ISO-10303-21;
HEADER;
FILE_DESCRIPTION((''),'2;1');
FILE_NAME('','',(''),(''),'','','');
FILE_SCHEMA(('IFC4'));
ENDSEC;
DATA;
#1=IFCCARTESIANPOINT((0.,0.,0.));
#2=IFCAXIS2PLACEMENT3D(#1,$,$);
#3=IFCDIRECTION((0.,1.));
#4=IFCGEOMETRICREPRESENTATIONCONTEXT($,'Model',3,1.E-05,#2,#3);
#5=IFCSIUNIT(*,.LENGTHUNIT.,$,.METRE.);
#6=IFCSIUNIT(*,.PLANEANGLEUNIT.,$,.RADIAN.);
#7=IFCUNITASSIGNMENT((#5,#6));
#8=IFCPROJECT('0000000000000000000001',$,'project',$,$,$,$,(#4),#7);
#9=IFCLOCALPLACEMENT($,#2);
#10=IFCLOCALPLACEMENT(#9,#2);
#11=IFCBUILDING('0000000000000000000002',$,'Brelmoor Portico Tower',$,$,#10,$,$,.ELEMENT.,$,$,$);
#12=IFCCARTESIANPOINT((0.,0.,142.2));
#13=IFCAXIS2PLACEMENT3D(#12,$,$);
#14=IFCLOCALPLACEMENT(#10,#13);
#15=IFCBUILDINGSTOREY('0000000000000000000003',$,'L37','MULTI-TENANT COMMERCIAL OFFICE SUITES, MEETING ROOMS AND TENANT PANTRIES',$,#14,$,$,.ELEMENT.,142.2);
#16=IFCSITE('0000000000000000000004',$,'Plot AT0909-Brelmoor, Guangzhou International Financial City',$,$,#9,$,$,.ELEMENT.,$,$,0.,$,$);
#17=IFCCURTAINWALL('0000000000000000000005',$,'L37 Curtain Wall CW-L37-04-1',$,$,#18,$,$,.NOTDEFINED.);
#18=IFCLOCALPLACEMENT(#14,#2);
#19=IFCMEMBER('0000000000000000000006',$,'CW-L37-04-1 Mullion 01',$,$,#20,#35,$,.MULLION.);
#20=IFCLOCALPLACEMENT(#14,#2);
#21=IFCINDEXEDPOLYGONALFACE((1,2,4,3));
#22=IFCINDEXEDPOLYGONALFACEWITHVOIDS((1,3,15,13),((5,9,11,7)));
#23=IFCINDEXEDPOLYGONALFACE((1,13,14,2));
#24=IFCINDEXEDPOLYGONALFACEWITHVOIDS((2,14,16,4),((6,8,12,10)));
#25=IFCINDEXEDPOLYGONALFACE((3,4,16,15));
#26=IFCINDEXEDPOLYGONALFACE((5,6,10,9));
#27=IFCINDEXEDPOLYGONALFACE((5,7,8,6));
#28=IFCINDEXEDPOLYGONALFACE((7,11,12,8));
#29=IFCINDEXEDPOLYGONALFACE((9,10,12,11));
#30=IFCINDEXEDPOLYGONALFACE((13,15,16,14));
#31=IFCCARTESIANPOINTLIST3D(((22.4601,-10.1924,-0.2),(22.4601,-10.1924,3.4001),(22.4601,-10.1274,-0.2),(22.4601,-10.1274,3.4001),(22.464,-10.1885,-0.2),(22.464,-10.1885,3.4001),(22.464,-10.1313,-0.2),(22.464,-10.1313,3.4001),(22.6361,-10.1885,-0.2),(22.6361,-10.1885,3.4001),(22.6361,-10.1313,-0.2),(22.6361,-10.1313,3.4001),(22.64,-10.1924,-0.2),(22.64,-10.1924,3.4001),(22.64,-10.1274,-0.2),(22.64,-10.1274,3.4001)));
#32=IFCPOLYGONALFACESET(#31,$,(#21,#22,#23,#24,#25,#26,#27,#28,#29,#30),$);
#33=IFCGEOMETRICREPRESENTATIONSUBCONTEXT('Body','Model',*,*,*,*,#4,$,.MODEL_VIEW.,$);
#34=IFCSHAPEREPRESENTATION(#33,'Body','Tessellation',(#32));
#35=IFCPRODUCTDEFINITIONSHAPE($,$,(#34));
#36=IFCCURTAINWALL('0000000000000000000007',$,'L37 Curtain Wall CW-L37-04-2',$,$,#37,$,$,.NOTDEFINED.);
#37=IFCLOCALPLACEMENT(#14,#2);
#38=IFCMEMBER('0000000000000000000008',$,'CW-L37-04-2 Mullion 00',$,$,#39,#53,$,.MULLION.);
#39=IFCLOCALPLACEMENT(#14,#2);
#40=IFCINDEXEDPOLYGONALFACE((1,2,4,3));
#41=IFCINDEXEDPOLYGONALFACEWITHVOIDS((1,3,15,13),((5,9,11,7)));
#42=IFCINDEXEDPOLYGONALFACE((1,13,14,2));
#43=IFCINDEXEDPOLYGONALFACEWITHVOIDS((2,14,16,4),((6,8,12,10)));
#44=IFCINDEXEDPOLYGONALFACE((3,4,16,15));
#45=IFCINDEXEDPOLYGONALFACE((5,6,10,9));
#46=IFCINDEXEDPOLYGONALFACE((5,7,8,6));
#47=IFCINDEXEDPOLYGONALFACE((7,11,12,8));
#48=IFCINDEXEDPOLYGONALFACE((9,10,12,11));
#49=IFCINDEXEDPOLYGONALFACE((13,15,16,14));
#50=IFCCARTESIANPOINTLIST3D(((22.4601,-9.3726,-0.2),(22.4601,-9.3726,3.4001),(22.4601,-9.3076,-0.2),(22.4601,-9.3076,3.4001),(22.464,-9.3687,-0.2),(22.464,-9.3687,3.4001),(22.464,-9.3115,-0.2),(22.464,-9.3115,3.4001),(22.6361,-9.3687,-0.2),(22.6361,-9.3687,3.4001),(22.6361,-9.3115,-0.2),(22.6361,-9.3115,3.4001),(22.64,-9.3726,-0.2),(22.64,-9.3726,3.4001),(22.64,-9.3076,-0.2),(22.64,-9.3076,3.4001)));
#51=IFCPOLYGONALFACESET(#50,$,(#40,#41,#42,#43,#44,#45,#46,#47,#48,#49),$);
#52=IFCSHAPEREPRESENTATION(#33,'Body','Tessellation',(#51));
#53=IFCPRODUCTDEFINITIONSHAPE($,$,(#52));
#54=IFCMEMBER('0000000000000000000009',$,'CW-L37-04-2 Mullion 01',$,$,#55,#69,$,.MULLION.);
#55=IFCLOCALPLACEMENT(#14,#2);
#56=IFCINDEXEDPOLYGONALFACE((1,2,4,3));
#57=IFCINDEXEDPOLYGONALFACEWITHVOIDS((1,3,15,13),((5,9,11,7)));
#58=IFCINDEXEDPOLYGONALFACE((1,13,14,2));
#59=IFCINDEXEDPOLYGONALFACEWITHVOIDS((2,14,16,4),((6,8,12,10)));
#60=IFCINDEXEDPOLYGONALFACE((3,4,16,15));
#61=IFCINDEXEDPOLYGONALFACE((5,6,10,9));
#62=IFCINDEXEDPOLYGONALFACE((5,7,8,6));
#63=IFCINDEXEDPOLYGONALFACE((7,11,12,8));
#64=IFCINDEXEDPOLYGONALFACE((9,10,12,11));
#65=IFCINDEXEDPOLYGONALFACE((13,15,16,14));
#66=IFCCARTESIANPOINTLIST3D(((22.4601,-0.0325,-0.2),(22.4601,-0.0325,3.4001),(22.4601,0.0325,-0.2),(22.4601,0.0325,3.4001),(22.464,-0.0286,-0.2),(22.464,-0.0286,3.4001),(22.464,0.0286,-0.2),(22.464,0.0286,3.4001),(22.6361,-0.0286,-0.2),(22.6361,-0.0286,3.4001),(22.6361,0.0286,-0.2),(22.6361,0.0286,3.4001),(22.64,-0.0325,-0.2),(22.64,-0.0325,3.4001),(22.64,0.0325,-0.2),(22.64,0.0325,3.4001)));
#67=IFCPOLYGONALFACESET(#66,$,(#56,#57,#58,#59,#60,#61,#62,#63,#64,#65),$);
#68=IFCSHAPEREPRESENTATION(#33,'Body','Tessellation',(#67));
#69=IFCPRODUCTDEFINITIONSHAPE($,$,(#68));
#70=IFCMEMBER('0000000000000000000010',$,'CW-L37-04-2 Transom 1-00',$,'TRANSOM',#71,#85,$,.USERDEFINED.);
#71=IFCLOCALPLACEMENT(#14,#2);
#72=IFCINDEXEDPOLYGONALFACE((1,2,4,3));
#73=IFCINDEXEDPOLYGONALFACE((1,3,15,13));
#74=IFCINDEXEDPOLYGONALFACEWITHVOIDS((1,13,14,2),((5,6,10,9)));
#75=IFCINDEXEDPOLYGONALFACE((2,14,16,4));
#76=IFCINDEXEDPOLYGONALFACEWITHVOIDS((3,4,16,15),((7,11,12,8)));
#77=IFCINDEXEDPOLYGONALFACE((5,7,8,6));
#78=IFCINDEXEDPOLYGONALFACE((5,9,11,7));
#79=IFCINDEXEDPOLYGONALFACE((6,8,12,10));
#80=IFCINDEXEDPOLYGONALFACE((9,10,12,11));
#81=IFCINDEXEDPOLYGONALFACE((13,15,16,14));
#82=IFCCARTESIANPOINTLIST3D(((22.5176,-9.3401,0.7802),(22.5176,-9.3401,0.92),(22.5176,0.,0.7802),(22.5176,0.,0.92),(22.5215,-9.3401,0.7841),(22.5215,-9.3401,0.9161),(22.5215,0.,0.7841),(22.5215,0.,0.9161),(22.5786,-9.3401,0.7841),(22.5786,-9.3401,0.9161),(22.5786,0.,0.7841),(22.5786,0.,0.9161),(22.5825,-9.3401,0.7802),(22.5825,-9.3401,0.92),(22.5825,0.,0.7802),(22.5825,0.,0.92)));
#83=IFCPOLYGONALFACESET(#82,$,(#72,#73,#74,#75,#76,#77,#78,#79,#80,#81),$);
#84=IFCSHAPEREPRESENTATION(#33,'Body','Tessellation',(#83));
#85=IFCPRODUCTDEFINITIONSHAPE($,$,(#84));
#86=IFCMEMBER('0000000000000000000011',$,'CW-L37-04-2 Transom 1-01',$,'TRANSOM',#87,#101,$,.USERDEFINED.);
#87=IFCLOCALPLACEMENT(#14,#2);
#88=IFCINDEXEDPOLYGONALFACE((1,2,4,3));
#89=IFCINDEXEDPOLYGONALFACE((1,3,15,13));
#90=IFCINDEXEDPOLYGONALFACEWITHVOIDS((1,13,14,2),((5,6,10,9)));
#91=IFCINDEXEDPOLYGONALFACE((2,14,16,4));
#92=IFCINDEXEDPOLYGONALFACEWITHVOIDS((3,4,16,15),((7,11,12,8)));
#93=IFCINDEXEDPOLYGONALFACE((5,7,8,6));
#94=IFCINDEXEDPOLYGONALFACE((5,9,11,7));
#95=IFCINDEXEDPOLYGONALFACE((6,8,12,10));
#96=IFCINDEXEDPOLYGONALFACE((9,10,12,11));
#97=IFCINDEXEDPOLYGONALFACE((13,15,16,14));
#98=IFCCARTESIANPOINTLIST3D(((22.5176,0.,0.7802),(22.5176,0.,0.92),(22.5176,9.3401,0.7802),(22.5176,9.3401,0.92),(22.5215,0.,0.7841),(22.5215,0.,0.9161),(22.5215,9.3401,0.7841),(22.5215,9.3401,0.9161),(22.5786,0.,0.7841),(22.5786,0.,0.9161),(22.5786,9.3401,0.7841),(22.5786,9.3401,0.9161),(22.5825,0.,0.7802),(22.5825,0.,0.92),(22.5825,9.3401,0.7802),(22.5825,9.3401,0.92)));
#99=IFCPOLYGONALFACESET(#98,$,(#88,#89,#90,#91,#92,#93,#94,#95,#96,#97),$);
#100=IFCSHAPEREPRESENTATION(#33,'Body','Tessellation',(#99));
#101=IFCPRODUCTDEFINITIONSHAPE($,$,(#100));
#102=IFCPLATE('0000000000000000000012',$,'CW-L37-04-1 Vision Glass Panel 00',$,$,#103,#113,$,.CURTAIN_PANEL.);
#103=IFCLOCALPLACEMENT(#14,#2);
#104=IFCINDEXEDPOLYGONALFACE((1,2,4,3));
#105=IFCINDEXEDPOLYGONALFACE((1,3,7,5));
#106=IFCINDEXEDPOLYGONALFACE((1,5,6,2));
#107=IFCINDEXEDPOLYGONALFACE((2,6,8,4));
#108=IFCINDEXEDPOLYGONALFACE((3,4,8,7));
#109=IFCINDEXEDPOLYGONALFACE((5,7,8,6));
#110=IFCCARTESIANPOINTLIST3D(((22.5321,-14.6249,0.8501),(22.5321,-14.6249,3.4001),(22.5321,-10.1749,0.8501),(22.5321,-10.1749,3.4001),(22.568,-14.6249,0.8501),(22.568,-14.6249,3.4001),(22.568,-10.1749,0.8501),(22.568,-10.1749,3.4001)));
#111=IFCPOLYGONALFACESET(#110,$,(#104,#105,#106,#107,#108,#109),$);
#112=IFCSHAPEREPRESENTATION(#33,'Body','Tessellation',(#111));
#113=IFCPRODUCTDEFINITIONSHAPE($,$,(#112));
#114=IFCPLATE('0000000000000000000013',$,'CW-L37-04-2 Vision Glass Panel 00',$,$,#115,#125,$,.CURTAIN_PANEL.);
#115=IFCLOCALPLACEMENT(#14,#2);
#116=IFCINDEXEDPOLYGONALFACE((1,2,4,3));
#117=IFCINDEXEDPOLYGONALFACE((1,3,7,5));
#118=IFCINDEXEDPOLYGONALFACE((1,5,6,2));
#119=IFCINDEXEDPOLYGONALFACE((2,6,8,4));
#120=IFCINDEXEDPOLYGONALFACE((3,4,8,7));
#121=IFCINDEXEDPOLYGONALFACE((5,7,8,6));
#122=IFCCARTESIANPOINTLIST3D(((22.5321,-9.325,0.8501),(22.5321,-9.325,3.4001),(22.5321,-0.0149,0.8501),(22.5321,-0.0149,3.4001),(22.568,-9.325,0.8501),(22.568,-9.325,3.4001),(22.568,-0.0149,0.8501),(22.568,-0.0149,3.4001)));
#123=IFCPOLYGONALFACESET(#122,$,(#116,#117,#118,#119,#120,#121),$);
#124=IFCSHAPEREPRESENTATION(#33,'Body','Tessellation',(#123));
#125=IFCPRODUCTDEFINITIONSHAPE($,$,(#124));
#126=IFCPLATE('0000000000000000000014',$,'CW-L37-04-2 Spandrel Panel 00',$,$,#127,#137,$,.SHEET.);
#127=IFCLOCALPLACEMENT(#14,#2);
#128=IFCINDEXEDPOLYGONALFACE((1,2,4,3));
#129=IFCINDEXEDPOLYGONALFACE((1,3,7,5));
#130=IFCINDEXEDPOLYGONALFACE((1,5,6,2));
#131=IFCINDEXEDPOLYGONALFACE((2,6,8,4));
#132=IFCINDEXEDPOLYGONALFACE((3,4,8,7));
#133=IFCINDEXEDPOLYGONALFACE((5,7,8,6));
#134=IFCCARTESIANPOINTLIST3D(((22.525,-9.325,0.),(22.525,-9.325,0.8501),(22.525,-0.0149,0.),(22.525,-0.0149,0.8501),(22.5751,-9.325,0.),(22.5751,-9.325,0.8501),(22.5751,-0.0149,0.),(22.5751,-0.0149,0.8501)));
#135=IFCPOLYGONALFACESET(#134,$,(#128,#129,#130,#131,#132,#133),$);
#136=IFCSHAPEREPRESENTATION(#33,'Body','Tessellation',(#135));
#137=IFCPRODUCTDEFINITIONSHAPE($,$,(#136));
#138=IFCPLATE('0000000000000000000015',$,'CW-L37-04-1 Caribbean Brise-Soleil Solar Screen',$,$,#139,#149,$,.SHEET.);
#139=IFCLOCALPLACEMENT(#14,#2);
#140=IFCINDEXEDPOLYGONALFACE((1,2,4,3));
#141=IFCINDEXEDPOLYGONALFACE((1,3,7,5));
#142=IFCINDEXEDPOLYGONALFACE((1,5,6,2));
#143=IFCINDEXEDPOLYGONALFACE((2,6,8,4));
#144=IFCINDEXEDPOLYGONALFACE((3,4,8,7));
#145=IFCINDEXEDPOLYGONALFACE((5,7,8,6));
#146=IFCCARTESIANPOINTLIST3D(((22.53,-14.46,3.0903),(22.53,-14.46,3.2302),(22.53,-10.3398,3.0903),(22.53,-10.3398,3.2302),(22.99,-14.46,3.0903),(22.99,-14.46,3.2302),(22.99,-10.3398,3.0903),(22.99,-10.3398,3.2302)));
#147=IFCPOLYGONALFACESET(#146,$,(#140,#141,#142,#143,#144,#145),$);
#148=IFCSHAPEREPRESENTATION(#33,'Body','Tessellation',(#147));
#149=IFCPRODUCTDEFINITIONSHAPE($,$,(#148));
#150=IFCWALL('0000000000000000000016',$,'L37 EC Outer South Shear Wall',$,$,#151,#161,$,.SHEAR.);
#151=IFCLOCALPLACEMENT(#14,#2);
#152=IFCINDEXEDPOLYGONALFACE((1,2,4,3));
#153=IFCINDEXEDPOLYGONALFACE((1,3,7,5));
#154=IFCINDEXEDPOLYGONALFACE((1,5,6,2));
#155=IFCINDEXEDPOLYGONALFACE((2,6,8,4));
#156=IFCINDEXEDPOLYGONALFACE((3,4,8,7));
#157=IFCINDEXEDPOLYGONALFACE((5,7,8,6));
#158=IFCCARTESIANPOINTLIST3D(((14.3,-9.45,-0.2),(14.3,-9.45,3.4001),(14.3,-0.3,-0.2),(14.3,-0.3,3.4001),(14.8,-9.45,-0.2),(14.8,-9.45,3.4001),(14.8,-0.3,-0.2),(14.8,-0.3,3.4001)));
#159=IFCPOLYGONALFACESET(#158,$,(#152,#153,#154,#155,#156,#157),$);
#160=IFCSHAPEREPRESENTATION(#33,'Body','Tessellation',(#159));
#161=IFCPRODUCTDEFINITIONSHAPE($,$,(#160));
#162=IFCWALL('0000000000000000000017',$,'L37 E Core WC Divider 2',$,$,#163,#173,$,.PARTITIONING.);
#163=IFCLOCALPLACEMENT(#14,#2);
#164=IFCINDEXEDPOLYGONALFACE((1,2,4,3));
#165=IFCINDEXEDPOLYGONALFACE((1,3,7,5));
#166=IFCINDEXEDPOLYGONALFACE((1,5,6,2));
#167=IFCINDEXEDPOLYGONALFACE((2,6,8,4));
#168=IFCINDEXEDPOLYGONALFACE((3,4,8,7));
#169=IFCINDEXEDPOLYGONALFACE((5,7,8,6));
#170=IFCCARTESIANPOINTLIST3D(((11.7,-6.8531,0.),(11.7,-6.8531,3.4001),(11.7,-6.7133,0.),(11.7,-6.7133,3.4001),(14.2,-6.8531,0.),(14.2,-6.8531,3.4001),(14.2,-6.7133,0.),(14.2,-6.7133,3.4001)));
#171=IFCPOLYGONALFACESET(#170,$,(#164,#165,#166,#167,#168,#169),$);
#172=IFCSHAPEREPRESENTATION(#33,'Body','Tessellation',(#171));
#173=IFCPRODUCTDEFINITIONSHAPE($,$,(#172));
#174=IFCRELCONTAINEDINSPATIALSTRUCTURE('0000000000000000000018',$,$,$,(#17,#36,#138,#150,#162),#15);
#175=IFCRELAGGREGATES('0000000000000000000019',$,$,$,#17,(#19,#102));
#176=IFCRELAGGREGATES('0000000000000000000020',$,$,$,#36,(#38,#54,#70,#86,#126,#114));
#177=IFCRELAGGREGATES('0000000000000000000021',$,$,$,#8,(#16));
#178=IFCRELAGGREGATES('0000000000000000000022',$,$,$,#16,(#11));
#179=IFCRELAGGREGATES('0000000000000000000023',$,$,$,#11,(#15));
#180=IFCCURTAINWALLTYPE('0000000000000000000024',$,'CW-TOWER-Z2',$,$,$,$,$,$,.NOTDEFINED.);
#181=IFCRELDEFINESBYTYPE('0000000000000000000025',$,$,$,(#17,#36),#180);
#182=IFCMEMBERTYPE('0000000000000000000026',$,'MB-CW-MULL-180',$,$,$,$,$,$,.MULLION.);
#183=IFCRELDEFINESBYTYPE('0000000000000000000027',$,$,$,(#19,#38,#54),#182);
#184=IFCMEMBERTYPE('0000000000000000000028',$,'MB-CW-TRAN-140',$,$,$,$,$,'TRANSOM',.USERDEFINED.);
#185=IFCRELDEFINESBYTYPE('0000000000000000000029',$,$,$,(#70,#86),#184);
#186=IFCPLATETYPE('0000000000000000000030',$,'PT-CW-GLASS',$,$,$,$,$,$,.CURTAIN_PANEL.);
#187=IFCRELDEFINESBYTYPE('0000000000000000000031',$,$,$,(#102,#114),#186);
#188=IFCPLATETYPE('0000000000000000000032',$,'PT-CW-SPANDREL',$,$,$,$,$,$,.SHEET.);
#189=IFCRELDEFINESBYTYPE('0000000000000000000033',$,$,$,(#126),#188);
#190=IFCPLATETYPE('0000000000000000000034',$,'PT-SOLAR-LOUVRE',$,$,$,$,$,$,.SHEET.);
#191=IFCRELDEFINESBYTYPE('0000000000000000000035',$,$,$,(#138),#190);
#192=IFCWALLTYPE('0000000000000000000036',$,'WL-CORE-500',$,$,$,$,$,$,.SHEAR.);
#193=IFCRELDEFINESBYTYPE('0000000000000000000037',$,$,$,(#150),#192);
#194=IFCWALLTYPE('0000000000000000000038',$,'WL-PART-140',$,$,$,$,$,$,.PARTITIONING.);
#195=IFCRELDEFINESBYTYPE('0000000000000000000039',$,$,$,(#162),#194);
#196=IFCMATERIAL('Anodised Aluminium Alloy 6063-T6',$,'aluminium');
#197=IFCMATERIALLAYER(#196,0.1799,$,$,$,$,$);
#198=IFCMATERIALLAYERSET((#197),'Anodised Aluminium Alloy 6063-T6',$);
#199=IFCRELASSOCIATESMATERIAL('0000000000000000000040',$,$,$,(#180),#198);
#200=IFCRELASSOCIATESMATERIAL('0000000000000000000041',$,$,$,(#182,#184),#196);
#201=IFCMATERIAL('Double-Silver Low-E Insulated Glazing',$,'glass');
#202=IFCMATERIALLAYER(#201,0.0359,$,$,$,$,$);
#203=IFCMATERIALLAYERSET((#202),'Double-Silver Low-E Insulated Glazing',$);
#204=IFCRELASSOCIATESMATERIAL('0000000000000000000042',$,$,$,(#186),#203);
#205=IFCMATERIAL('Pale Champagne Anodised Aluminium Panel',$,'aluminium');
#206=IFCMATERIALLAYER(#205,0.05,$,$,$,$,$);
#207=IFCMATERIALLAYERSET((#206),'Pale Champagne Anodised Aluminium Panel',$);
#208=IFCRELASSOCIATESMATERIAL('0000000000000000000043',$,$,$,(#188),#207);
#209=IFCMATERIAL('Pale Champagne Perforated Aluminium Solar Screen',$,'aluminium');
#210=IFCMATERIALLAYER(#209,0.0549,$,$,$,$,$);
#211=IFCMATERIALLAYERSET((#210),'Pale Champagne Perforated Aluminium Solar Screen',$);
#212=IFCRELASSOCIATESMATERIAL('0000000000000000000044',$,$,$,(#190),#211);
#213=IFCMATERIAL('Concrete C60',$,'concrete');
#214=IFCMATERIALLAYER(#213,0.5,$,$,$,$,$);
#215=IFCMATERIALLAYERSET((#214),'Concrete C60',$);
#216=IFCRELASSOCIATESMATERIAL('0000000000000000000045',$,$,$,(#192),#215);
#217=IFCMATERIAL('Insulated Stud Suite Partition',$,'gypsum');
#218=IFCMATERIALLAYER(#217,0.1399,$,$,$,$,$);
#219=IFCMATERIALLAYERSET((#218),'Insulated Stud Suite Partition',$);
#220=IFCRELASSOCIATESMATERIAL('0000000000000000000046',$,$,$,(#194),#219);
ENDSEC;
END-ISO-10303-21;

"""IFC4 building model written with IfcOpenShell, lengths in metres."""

from ifc_helpers import new_model, si_unit, direction, frame, frame_2d, origin, origin_2d, place, context, subcontext, project, spatial, rectangle, hollow_rectangle, extrude, material, layer, layer_set, material_profile, profile_set, type_object, element, aggregate, save


model = new_model("IFC4")

# Units and contexts
model_context = context("Model", 3, precision=1e-05, world=origin(), true_north=direction((0.0, 1.0)))
body_context = subcontext(model_context, "Body", "Model", "MODEL_VIEW")
ifc_project = project(units=[si_unit("LENGTHUNIT", "METRE"), si_unit("PLANEANGLEUNIT", "RADIAN")], contexts=[model_context])

# Site, building, storey
site_placement = place(None, origin())
site = spatial("IfcSite", under=ifc_project, at=site_placement, Name="Plot AT0909-Brelmoor, Guangzhou International Financial City", CompositionType="ELEMENT", RefElevation=0.0)
building_placement = place(site_placement, origin())
building = spatial("IfcBuilding", under=site, at=building_placement, Name="Brelmoor Portico Tower", CompositionType="ELEMENT")
storey_placement = place(building_placement, frame((0.0, 0.0, 142.2)))
storey = spatial("IfcBuildingStorey", under=building, at=storey_placement, Name="L37", Description="MULTI-TENANT COMMERCIAL OFFICE SUITES, MEETING ROOMS AND TENANT PANTRIES", CompositionType="ELEMENT", Elevation=142.2)

# Curtain wall, member
ifc_material_1 = material(Name="Anodised Aluminium Alloy 6063-T6", Category="aluminium")
ifc_layer_1 = layer(ifc_material_1, 0.1799)
ifc_layer_set_1 = layer_set([ifc_layer_1], Name="Anodised Aluminium Alloy 6063-T6")
curtain_wall_type = type_object("IfcCurtainWallType", Name="CW-TOWER-Z2", PredefinedType="NOTDEFINED", material=ifc_layer_set_1)
curtain_wall_1_placement = place(storey_placement, origin())
curtain_wall_1 = element("IfcCurtainWall", 1, at=curtain_wall_1_placement, inside=storey, type_object=curtain_wall_type, Name="L37 Curtain Wall CW-L37-04-1", PredefinedType="NOTDEFINED")
ifc_material_profile_1 = material_profile(ifc_material_1, hollow_rectangle(XDim=0.0649, YDim=0.1799, WallThickness=0.0039, at=origin_2d()), Name="ALU MULLION 65x180")
ifc_profile_set_1 = profile_set([ifc_material_profile_1], Name="Anodised Aluminium Alloy 6063-T6")
member_type_1 = type_object("IfcMemberType", Name="MB-CW-MULL-180", PredefinedType="MULLION", material=ifc_profile_set_1)
member_1_placement = place(storey_placement, frame((22.55, -10.1599, -0.2), z_axis=(0.0, 0.0, 1.0), x_axis=(0.0, 1.0, 0.0)))
member_1 = element("IfcMember", 2, at=member_1_placement, type_object=member_type_1, Name="CW-L37-04-1 Mullion 01", PredefinedType="MULLION", context=body_context, shape_type="SweptSolid", body=[
    extrude(hollow_rectangle(XDim=0.0649, YDim=0.1799, WallThickness=0.0039, at=origin_2d()), origin(), (0.0, 0.0, 1.0), 3.6001),
])

# Curtain wall, members
curtain_wall_2_placement = place(storey_placement, origin())
curtain_wall_2 = element("IfcCurtainWall", 3, at=curtain_wall_2_placement, inside=storey, type_object=curtain_wall_type, Name="L37 Curtain Wall CW-L37-04-2", PredefinedType="NOTDEFINED")
member_2_placement = place(storey_placement, frame((22.55, -9.3401, -0.2), z_axis=(0.0, 0.0, 1.0), x_axis=(0.0, 1.0, 0.0)))
member_2 = element("IfcMember", 4, at=member_2_placement, type_object=member_type_1, Name="CW-L37-04-2 Mullion 00", PredefinedType="MULLION", context=body_context, shape_type="SweptSolid", body=[
    extrude(hollow_rectangle(XDim=0.0649, YDim=0.1799, WallThickness=0.0039, at=origin_2d()), origin(), (0.0, 0.0, 1.0), 3.6001),
])
member_3_placement = place(storey_placement, frame((22.55, 0.0, -0.2), z_axis=(0.0, 0.0, 1.0), x_axis=(0.0, 1.0, 0.0)))
member_3 = element("IfcMember", 5, at=member_3_placement, type_object=member_type_1, Name="CW-L37-04-2 Mullion 01", PredefinedType="MULLION", context=body_context, shape_type="SweptSolid", body=[
    extrude(hollow_rectangle(XDim=0.0649, YDim=0.1799, WallThickness=0.0039, at=origin_2d()), origin(), (0.0, 0.0, 1.0), 3.6001),
])
ifc_material_profile_2 = material_profile(ifc_material_1, hollow_rectangle(XDim=0.0649, YDim=0.1399, WallThickness=0.0039, at=origin_2d()), Name="ALU TRANSOM 65x140")
ifc_profile_set_2 = profile_set([ifc_material_profile_2], Name="Anodised Aluminium Alloy 6063-T6")
member_type_2 = type_object("IfcMemberType", Name="MB-CW-TRAN-140", ElementType="TRANSOM", PredefinedType="USERDEFINED", material=ifc_profile_set_2)
member_4_placement = place(storey_placement, frame((22.55, -9.3401, 0.8501), z_axis=(0.0, 1.0, 0.0), x_axis=(-1.0, 0.0, 0.0)))
member_4 = element("IfcMember", 6, at=member_4_placement, type_object=member_type_2, Name="CW-L37-04-2 Transom 1-00", ObjectType="TRANSOM", PredefinedType="USERDEFINED", context=body_context, shape_type="SweptSolid", body=[
    extrude(hollow_rectangle(XDim=0.0649, YDim=0.1399, WallThickness=0.0039, at=origin_2d()), origin(), (0.0, 0.0, 1.0), 9.3401),
])
member_5_placement = place(storey_placement, frame((22.55, 0.0, 0.8501), z_axis=(0.0, 1.0, 0.0), x_axis=(-1.0, 0.0, 0.0)))
member_5 = element("IfcMember", 7, at=member_5_placement, type_object=member_type_2, Name="CW-L37-04-2 Transom 1-01", ObjectType="TRANSOM", PredefinedType="USERDEFINED", context=body_context, shape_type="SweptSolid", body=[
    extrude(hollow_rectangle(XDim=0.0649, YDim=0.1399, WallThickness=0.0039, at=origin_2d()), origin(), (0.0, 0.0, 1.0), 9.3401),
])

# Plates
ifc_material_2 = material(Name="Double-Silver Low-E Insulated Glazing", Category="glass")
ifc_layer_2 = layer(ifc_material_2, 0.0359)
ifc_layer_set_2 = layer_set([ifc_layer_2], Name="Double-Silver Low-E Insulated Glazing")
plate_type_1 = type_object("IfcPlateType", Name="PT-CW-GLASS", PredefinedType="CURTAIN_PANEL", material=ifc_layer_set_2)
plate_1_placement = place(storey_placement, frame((22.55, -12.3999, 0.8501), z_axis=(0.0, 0.0, 1.0), x_axis=(0.0, 1.0, 0.0)))
plate_1 = element("IfcPlate", 8, at=plate_1_placement, type_object=plate_type_1, Name="CW-L37-04-1 Vision Glass Panel 00", PredefinedType="CURTAIN_PANEL", context=body_context, shape_type="SweptSolid", body=[
    extrude(rectangle(XDim=4.45, YDim=0.0359, at=origin_2d()), origin(), (0.0, 0.0, 1.0), 2.55),
])
aggregate(curtain_wall_1, [member_1, plate_1])
plate_2_placement = place(storey_placement, frame((22.55, -4.6699, 0.8501), z_axis=(0.0, 0.0, 1.0), x_axis=(0.0, 1.0, 0.0)))
plate_2 = element("IfcPlate", 9, at=plate_2_placement, type_object=plate_type_1, Name="CW-L37-04-2 Vision Glass Panel 00", PredefinedType="CURTAIN_PANEL", context=body_context, shape_type="SweptSolid", body=[
    extrude(rectangle(XDim=9.3101, YDim=0.0359, at=origin_2d()), origin(), (0.0, 0.0, 1.0), 2.55),
])
ifc_material_3 = material(Name="Pale Champagne Anodised Aluminium Panel", Category="aluminium")
ifc_layer_3 = layer(ifc_material_3, 0.05)
ifc_layer_set_3 = layer_set([ifc_layer_3], Name="Pale Champagne Anodised Aluminium Panel")
plate_type_2 = type_object("IfcPlateType", Name="PT-CW-SPANDREL", PredefinedType="SHEET", material=ifc_layer_set_3)
plate_3_placement = place(storey_placement, frame((22.55, -4.6699, 0.0), z_axis=(0.0, 0.0, 1.0), x_axis=(0.0, 1.0, 0.0)))
plate_3 = element("IfcPlate", 10, at=plate_3_placement, type_object=plate_type_2, Name="CW-L37-04-2 Spandrel Panel 00", PredefinedType="SHEET", context=body_context, shape_type="SweptSolid", body=[
    extrude(rectangle(XDim=9.3101, YDim=0.05, at=origin_2d()), origin(), (0.0, 0.0, 1.0), 0.8501),
])
aggregate(curtain_wall_2, [member_2, member_3, member_4, member_5, plate_3, plate_2])
ifc_material_4 = material(Name="Pale Champagne Perforated Aluminium Solar Screen", Category="aluminium")
ifc_layer_4 = layer(ifc_material_4, 0.0549)
ifc_layer_set_4 = layer_set([ifc_layer_4], Name="Pale Champagne Perforated Aluminium Solar Screen")
plate_type_3 = type_object("IfcPlateType", Name="PT-SOLAR-LOUVRE", PredefinedType="SHEET", material=ifc_layer_set_4)
plate_4_placement = place(storey_placement, frame((22.76, -12.3999, 3.0903), z_axis=(0.0, 0.0, 1.0), x_axis=(0.0, 1.0, 0.0)))
element("IfcPlate", 11, at=plate_4_placement, inside=storey, type_object=plate_type_3, Name="CW-L37-04-1 Caribbean Brise-Soleil Solar Screen", PredefinedType="SHEET", context=body_context, shape_type="SweptSolid", body=[
    extrude(rectangle(XDim=4.1201, YDim=0.46, at=origin_2d()), origin(), (0.0, 0.0, 1.0), 0.1399),
])

# Walls
ifc_material_5 = material(Name="Concrete C60", Category="concrete")
ifc_layer_5 = layer(ifc_material_5, 0.5)
ifc_layer_set_5 = layer_set([ifc_layer_5], Name="Concrete C60")
wall_type_1 = type_object("IfcWallType", Name="WL-CORE-500", PredefinedType="SHEAR", material=ifc_layer_set_5)
wall_1_placement = place(storey_placement, frame((14.55, -9.45, -0.2), z_axis=(0.0, 0.0, 1.0), x_axis=(0.0, 1.0, 0.0)))
element("IfcWall", 12, at=wall_1_placement, inside=storey, type_object=wall_type_1, Name="L37 EC Outer South Shear Wall", PredefinedType="SHEAR", context=body_context, shape_type="SweptSolid", body=[
    extrude(rectangle(XDim=9.1499, YDim=0.5, at=frame_2d((4.575, 0.0))), origin(), (0.0, 0.0, 1.0), 3.6001),
])
ifc_material_6 = material(Name="Insulated Stud Suite Partition", Category="gypsum")
ifc_layer_6 = layer(ifc_material_6, 0.1399)
ifc_layer_set_6 = layer_set([ifc_layer_6], Name="Insulated Stud Suite Partition")
wall_type_2 = type_object("IfcWallType", Name="WL-PART-140", PredefinedType="PARTITIONING", material=ifc_layer_set_6)
wall_2_placement = place(storey_placement, frame((11.7, -6.7832, 0.0), z_axis=(0.0, 0.0, 1.0), x_axis=(1.0, 0.0, 0.0)))
element("IfcWall", 13, at=wall_2_placement, inside=storey, type_object=wall_type_2, Name="L37 E Core WC Divider 2", PredefinedType="PARTITIONING", context=body_context, shape_type="SweptSolid", body=[
    extrude(rectangle(XDim=2.5, YDim=0.1399, at=frame_2d((1.25, 0.0))), origin(), (0.0, 0.0, 1.0), 3.4001),
])

save(model, "model.ifc")
